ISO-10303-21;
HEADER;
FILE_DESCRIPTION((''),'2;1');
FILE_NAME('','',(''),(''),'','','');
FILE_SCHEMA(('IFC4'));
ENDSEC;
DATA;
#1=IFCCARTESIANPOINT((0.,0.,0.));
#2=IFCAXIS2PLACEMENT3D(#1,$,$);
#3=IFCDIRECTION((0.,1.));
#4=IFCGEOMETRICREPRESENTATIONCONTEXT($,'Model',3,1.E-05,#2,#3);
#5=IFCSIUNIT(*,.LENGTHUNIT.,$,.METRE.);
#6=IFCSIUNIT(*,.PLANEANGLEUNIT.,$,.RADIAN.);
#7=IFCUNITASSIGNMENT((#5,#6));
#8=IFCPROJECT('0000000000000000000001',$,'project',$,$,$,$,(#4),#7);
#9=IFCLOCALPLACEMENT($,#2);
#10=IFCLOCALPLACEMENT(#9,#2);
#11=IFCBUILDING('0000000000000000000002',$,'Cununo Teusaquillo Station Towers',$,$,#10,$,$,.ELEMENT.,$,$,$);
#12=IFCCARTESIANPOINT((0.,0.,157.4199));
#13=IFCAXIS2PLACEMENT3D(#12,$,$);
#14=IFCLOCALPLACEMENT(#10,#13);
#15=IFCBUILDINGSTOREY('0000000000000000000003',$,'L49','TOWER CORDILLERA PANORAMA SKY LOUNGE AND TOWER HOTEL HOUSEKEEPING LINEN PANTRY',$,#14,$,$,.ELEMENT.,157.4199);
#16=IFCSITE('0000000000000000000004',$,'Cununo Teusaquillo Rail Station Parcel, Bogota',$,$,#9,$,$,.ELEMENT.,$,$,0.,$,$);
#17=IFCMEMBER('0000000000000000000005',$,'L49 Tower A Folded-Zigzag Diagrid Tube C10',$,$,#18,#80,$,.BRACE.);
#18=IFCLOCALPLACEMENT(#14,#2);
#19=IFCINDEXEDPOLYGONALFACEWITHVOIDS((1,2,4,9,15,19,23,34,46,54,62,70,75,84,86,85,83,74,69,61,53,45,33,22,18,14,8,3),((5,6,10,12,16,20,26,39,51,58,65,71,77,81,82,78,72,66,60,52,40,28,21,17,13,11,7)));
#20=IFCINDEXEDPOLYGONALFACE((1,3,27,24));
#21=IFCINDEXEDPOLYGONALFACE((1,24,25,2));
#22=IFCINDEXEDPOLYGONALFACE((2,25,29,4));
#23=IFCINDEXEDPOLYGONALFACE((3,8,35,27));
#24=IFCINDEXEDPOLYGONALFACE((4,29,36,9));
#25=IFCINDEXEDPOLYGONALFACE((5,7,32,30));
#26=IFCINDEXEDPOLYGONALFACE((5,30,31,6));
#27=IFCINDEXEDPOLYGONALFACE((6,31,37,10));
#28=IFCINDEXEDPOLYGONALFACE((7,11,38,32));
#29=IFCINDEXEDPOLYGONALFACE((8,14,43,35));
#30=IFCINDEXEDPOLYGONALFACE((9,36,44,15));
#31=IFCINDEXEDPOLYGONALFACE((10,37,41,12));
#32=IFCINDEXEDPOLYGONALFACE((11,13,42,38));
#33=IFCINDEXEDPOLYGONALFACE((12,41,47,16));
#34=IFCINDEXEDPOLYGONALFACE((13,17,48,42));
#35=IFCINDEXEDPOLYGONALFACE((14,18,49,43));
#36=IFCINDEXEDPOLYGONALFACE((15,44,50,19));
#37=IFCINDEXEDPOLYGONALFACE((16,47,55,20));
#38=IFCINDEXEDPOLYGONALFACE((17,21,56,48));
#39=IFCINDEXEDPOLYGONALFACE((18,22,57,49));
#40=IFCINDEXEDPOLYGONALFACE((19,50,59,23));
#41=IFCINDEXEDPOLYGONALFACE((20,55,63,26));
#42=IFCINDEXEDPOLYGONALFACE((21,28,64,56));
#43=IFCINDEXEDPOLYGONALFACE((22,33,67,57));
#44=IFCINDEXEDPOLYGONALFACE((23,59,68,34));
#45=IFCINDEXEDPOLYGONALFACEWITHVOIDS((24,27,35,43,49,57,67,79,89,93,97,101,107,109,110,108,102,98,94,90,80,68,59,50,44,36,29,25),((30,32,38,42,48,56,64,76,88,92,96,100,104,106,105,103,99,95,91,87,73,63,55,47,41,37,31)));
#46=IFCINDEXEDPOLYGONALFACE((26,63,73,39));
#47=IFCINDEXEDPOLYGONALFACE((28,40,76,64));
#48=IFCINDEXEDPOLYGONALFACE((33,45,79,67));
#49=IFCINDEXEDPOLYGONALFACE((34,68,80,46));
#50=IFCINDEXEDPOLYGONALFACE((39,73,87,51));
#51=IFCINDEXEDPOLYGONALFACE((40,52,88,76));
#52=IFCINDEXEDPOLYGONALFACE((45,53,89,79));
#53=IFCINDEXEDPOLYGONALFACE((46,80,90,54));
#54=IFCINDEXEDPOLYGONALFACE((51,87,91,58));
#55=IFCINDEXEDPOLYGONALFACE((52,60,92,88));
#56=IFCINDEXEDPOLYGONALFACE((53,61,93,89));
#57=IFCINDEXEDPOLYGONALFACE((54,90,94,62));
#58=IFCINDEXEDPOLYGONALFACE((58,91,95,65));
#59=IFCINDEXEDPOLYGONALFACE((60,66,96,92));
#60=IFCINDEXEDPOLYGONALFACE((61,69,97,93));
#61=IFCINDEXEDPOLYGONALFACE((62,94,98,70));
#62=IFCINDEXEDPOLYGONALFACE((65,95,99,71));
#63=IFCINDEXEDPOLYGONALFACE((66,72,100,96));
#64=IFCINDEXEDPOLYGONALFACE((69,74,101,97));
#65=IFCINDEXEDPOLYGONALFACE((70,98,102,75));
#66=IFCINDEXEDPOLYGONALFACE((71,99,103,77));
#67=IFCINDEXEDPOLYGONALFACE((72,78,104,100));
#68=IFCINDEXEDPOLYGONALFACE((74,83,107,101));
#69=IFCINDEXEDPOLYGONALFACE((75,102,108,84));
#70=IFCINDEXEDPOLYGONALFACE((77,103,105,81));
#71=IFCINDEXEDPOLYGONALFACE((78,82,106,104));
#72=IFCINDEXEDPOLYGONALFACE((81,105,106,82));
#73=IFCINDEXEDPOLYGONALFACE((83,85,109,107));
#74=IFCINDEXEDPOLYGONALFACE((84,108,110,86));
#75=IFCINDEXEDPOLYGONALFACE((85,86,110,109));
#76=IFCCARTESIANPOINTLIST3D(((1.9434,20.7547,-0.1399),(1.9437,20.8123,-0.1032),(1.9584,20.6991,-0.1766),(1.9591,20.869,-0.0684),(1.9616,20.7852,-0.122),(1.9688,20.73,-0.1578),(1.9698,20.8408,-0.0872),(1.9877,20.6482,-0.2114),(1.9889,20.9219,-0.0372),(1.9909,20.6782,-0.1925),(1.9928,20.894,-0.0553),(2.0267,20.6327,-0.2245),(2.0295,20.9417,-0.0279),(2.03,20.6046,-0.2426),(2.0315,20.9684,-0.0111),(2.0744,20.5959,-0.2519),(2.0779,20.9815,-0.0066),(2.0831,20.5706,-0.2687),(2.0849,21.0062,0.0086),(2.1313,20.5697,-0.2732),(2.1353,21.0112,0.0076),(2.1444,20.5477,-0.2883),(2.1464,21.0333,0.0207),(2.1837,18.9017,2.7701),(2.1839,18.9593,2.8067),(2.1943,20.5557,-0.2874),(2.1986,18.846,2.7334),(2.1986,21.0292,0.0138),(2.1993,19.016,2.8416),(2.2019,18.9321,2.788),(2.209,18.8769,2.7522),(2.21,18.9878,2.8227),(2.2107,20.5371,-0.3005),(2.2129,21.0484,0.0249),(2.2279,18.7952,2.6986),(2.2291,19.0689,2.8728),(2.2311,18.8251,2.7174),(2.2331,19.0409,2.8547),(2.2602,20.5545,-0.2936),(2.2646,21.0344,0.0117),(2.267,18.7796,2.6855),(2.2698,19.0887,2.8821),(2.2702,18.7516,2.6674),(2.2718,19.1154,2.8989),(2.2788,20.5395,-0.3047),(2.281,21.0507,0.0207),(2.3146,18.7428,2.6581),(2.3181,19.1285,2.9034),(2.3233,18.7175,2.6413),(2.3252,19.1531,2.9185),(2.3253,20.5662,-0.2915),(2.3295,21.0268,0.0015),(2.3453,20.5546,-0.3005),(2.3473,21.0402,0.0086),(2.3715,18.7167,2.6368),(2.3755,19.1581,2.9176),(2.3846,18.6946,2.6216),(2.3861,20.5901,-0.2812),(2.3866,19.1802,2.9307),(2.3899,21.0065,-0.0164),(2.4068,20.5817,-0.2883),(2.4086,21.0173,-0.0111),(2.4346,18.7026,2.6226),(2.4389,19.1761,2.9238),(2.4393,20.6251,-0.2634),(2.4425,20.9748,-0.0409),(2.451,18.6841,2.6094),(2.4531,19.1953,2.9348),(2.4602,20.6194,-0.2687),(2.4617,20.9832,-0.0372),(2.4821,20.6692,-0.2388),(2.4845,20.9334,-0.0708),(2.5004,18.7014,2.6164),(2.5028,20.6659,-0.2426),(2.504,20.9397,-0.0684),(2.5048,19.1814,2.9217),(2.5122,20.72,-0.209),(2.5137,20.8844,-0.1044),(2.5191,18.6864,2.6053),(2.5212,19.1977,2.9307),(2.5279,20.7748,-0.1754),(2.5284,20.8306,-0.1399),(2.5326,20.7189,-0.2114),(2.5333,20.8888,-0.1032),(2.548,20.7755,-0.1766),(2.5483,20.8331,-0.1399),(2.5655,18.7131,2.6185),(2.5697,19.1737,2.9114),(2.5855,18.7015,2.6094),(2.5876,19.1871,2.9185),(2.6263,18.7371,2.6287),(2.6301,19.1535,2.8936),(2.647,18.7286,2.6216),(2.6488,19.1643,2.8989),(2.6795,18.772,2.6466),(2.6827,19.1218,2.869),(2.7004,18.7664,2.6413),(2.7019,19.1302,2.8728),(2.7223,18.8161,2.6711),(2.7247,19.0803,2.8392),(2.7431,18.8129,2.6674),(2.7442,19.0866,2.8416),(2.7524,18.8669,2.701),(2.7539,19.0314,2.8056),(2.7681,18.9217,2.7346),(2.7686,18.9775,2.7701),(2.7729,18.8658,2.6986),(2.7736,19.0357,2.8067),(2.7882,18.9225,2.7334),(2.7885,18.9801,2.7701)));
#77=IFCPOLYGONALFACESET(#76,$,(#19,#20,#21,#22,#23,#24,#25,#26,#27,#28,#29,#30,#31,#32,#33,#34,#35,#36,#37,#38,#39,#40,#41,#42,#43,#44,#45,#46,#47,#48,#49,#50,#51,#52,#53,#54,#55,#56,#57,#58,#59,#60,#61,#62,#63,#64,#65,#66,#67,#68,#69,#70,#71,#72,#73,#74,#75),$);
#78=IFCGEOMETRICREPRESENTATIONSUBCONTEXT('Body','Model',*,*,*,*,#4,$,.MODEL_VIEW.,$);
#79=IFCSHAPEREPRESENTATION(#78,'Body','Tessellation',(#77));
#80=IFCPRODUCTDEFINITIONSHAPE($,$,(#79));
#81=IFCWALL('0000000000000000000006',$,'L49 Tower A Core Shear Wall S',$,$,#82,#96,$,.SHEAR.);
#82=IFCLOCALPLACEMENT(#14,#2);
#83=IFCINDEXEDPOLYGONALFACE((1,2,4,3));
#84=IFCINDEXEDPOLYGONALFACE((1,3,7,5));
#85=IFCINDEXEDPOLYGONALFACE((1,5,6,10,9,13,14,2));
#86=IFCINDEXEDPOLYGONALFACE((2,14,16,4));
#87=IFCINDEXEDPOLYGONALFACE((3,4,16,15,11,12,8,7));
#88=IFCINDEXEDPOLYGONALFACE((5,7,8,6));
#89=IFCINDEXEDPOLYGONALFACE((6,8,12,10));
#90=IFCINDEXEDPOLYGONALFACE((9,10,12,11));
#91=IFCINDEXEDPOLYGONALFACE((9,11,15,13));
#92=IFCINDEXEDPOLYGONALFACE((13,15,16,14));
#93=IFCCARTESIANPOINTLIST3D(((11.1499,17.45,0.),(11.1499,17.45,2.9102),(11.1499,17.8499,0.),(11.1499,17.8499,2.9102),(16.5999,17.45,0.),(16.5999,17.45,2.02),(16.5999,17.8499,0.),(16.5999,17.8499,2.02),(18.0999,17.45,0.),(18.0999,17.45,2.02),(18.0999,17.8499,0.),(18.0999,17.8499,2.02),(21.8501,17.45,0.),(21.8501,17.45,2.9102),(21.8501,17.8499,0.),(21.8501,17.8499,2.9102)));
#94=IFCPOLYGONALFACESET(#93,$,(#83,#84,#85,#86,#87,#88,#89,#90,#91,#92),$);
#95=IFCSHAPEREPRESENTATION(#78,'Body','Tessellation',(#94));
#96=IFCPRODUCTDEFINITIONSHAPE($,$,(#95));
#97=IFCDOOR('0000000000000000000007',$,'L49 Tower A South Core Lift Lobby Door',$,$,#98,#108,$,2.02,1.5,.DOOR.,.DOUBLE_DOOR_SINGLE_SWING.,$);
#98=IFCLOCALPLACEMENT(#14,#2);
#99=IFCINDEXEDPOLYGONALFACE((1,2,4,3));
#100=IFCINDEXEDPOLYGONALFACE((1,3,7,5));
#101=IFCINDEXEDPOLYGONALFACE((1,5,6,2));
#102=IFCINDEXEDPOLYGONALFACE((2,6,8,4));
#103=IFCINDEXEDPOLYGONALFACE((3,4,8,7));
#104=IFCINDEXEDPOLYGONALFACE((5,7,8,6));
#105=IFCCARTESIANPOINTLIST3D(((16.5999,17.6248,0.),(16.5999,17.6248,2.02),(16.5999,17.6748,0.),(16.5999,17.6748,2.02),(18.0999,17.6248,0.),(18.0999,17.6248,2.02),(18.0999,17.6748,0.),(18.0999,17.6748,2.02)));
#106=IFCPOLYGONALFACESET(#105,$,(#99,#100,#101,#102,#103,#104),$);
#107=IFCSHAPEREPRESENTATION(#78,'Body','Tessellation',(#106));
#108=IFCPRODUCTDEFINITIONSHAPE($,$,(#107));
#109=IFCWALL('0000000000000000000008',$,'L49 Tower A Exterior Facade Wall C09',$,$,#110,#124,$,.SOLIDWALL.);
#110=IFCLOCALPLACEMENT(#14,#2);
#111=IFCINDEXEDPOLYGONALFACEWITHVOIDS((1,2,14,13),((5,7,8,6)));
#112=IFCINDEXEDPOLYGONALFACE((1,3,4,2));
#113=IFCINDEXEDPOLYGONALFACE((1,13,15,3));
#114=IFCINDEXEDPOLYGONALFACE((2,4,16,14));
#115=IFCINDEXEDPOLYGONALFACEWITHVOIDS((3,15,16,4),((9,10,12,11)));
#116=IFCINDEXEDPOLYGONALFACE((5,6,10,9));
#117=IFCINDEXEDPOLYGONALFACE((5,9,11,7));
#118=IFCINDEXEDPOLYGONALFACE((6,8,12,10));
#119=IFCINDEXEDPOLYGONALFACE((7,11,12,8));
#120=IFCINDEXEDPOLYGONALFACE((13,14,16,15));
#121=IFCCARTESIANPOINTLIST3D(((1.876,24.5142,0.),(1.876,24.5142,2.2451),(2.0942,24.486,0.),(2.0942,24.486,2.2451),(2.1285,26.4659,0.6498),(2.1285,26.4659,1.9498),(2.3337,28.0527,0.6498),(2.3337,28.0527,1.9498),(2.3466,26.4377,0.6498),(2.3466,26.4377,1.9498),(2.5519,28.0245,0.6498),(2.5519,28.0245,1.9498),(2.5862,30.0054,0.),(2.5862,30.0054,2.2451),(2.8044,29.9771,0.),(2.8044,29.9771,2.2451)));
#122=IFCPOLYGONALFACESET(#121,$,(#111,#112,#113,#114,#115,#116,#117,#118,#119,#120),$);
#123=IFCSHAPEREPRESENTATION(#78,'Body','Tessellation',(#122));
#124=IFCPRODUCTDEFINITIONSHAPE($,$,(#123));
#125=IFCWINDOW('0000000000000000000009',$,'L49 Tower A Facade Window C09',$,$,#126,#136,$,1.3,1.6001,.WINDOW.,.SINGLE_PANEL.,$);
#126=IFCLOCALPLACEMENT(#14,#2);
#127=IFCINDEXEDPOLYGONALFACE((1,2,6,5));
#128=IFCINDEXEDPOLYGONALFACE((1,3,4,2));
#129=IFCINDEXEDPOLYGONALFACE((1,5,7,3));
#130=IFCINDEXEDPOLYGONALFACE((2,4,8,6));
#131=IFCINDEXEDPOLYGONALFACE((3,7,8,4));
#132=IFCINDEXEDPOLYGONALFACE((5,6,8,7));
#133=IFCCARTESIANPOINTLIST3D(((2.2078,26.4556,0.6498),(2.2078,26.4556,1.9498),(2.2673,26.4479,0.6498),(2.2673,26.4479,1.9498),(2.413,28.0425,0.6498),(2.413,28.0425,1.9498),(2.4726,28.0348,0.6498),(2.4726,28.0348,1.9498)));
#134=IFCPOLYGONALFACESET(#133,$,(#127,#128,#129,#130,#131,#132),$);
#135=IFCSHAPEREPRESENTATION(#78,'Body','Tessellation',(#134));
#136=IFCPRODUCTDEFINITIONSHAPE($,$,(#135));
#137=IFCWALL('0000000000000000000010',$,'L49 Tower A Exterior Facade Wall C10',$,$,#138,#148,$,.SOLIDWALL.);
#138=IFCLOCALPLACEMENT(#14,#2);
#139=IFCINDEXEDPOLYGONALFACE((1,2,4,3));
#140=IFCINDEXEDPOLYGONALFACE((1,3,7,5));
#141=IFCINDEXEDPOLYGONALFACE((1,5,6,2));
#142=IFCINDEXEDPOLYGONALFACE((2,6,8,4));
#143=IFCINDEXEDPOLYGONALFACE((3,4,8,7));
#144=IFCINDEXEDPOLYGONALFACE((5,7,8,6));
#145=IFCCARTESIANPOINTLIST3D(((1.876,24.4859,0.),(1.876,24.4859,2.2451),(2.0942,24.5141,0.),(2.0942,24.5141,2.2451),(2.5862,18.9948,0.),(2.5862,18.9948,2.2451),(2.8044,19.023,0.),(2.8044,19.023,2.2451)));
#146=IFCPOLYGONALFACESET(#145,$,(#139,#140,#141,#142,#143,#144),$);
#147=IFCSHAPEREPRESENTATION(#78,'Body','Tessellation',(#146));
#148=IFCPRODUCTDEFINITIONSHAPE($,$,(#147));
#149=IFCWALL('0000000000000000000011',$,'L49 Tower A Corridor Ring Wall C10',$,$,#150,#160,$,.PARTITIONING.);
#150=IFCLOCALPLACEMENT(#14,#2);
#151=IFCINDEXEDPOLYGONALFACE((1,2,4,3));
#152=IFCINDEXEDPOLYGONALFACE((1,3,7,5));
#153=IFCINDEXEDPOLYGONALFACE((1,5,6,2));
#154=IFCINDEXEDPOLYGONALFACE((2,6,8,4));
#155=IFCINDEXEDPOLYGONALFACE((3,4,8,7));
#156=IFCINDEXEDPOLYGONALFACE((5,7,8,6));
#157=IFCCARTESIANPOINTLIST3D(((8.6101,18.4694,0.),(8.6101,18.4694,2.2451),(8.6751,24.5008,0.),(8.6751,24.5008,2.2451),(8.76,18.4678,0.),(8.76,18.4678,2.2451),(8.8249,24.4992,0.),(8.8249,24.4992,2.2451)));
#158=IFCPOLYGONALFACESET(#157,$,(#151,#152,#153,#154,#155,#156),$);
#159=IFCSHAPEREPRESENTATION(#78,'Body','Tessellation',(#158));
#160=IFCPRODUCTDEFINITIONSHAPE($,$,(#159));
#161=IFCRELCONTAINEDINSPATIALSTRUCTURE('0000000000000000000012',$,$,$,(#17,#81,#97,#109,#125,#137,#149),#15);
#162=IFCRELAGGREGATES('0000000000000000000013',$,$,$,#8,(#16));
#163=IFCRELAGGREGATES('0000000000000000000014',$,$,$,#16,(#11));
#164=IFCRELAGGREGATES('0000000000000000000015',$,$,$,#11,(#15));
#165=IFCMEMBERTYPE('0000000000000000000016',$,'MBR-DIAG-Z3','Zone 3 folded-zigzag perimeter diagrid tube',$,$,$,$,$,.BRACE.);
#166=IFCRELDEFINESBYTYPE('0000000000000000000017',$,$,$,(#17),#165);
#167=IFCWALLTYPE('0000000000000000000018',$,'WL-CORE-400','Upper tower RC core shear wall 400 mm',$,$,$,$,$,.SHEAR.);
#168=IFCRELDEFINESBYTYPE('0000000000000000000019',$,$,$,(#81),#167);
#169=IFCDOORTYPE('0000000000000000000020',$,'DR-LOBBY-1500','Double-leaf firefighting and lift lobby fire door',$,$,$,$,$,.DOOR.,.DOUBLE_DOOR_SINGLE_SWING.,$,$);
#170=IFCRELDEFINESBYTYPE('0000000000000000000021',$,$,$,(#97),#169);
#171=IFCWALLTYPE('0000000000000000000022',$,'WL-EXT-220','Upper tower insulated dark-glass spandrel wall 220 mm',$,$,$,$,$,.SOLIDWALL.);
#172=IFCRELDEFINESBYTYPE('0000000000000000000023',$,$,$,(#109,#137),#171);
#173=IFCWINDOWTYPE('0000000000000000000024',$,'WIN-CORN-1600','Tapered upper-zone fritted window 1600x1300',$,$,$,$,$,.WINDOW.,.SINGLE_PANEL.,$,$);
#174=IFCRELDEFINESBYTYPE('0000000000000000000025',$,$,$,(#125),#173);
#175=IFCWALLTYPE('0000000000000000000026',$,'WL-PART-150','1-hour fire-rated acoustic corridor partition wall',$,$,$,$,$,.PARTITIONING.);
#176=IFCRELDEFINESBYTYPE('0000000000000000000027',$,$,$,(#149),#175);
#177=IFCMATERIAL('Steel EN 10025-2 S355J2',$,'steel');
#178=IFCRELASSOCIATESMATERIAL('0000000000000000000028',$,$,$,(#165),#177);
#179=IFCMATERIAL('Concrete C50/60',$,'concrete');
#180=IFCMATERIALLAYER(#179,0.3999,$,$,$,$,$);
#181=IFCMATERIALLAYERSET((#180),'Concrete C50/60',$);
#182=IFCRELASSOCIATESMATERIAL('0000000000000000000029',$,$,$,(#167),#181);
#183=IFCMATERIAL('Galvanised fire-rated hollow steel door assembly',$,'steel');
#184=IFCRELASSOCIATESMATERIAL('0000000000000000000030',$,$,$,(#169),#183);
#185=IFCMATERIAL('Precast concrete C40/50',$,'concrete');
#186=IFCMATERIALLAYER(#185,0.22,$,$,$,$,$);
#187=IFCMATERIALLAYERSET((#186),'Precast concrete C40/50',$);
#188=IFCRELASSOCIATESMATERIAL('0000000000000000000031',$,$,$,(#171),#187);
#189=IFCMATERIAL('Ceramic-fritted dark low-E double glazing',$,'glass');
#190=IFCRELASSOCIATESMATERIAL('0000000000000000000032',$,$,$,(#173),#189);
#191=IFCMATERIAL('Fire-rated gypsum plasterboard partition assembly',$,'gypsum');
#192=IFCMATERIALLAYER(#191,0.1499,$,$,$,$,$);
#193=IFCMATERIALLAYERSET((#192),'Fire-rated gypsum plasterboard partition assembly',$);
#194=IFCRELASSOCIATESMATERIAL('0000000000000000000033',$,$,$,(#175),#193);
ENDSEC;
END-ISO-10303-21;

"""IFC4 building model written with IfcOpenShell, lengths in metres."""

from ifc_helpers import new_model, si_unit, direction, frame, frame_2d, origin, origin_2d, place, context, subcontext, project, spatial, rectangle, hollow_circle, extrude, source, transform, mapped, material, layer, layer_set, material_profile, profile_set, type_object, element, fill, save


model = new_model("IFC4")

# Units and contexts
model_context = context("Model", 3, precision=1e-05, world=origin(), true_north=direction((0.0, 1.0)))
body_context = subcontext(model_context, "Body", "Model", "MODEL_VIEW")
ifc_project = project(units=[si_unit("LENGTHUNIT", "METRE"), si_unit("PLANEANGLEUNIT", "RADIAN")], contexts=[model_context])

# Site, building, storey
site_placement = place(None, origin())
site = spatial("IfcSite", under=ifc_project, at=site_placement, Name="Cununo Teusaquillo Rail Station Parcel, Bogota", CompositionType="ELEMENT", RefElevation=0.0)
building_placement = place(site_placement, origin())
building = spatial("IfcBuilding", under=site, at=building_placement, Name="Cununo Teusaquillo Station Towers", CompositionType="ELEMENT")
storey_placement = place(building_placement, frame((0.0, 0.0, 157.4199)))
storey = spatial("IfcBuildingStorey", under=building, at=storey_placement, Name="L49", Description="TOWER CORDILLERA PANORAMA SKY LOUNGE AND TOWER HOTEL HOUSEKEEPING LINEN PANTRY", CompositionType="ELEMENT", Elevation=157.4199)

# Member
ifc_material_1 = material(Name="Steel EN 10025-2 S355J2", Category="steel")
ifc_material_profile_1 = material_profile(ifc_material_1, hollow_circle(Radius=0.3049, WallThickness=0.02, at=origin_2d()), Name="CHS 610x20")
ifc_profile_set_1 = profile_set([ifc_material_profile_1], Name="Steel EN 10025-2 S355J2")
member_type = type_object("IfcMemberType", Name="MBR-DIAG-Z3", Description="Zone 3 folded-zigzag perimeter diagrid tube", PredefinedType="BRACE", material=ifc_profile_set_1)
member_placement = place(storey_placement, frame((2.2458, 20.7939, -0.1399), z_axis=(0.069468, -0.535839, 0.841458), x_axis=(0.991701, 0.128568, 0.0)))
element("IfcMember", 1, at=member_placement, inside=storey, type_object=member_type, Name="L49 Tower A Folded-Zigzag Diagrid Tube C10", PredefinedType="BRACE", context=body_context, shape_type="SweptSolid", body=[
    extrude(hollow_circle(Radius=0.3049, WallThickness=0.02, at=origin_2d()), origin(), (0.0, 0.0, 1.0), 3.4583),
])

# Wall, opening, door
ifc_material_2 = material(Name="Concrete C50/60", Category="concrete")
ifc_layer_1 = layer(ifc_material_2, 0.3999)
ifc_layer_set_1 = layer_set([ifc_layer_1], Name="Concrete C50/60")
wall_type_1 = type_object("IfcWallType", Name="WL-CORE-400", Description="Upper tower RC core shear wall 400 mm", PredefinedType="SHEAR", material=ifc_layer_set_1)
wall_1_placement = place(storey_placement, frame((11.1499, 17.6499, 0.0), z_axis=(0.0, 0.0, 1.0), x_axis=(1.0, 0.0, 0.0)))
wall_1 = element("IfcWall", 2, at=wall_1_placement, inside=storey, type_object=wall_type_1, Name="L49 Tower A Core Shear Wall S", PredefinedType="SHEAR", context=body_context, shape_type="SweptSolid", body=[
    extrude(rectangle(XDim=10.7002, YDim=0.3999, at=frame_2d((5.3501, 0.0))), origin(), (0.0, 0.0, 1.0), 2.9102),
])
shared_shape_1 = source(origin(), body_context, "Body", "SweptSolid", [
    extrude(rectangle(XDim=1.5, YDim=2.02, at=frame_2d((0.75, 1.01))), frame((0.0, 0.21, 0.0), z_axis=(0.0, -1.0, 0.0), x_axis=(1.0, 0.0, 0.0)), (0.0, 0.0, 1.0), 0.4199),
])
opening_1_placement = place(wall_1_placement, frame((5.45, 0.0, 0.0)))
opening_1 = element("IfcOpeningElement", 3, at=opening_1_placement, cuts=wall_1, PredefinedType="OPENING", context=body_context, shape_type="MappedRepresentation", body=[
    mapped(shared_shape_1, transform((0.0, 0.0, 0.0), x_axis=(1.0, 0.0, 0.0), y_axis=(0.0, 1.0, 0.0), z_axis=(0.0, 0.0, 1.0), scale=1.0)),
])
ifc_material_3 = material(Name="Galvanised fire-rated hollow steel door assembly", Category="steel")
door_type_1 = type_object("IfcDoorType", Name="DR-LOBBY-1500", Description="Double-leaf firefighting and lift lobby fire door", OperationType="DOUBLE_DOOR_SINGLE_SWING", PredefinedType="DOOR", material=ifc_material_3)
shared_shape_2 = source(origin(), body_context, "Body", "SweptSolid", [
    extrude(rectangle(XDim=1.5, YDim=2.02, at=frame_2d((0.75, 1.01))), frame((0.0, 0.0249, 0.0), z_axis=(0.0, -1.0, 0.0), x_axis=(1.0, 0.0, 0.0)), (0.0, 0.0, 1.0), 0.05),
])
door_1_placement = place(opening_1_placement, origin())
door_1 = element("IfcDoor", 4, at=door_1_placement, inside=storey, type_object=door_type_1, Name="L49 Tower A South Core Lift Lobby Door", OperationType="DOUBLE_DOOR_SINGLE_SWING", OverallHeight=2.02, OverallWidth=1.5, PredefinedType="DOOR", context=body_context, shape_type="MappedRepresentation", body=[
    mapped(shared_shape_2, transform((0.0, 0.0, 0.0), x_axis=(1.0, 0.0, 0.0), y_axis=(0.0, 1.0, 0.0), z_axis=(0.0, 0.0, 1.0), scale=1.0)),
])
fill(opening_1, door_1)

# Wall, opening, window
ifc_material_4 = material(Name="Precast concrete C40/50", Category="concrete")
ifc_layer_2 = layer(ifc_material_4, 0.22)
ifc_layer_set_2 = layer_set([ifc_layer_2], Name="Precast concrete C40/50")
wall_type_2 = type_object("IfcWallType", Name="WL-EXT-220", Description="Upper tower insulated dark-glass spandrel wall 220 mm", PredefinedType="SOLIDWALL", material=ifc_layer_set_2)
wall_2_placement = place(storey_placement, frame((1.9851, 24.5, 0.0), z_axis=(0.0, 0.0, 1.0), x_axis=(0.128267, 0.99174, 0.0)))
wall_2 = element("IfcWall", 5, at=wall_2_placement, inside=storey, type_object=wall_type_2, Name="L49 Tower A Exterior Facade Wall C09", PredefinedType="SOLIDWALL", context=body_context, shape_type="SweptSolid", body=[
    extrude(rectangle(XDim=5.5369, YDim=0.22, at=frame_2d((2.7686, 0.0))), origin(), (0.0, 0.0, 1.0), 2.2451),
])
shared_shape_3 = source(origin(), body_context, "Body", "SweptSolid", [
    extrude(rectangle(XDim=1.6001, YDim=1.3, at=frame_2d((0.8, 0.6499))), frame((0.0, 0.1199, 0.0), z_axis=(0.0, -1.0, 0.0), x_axis=(1.0, 0.0, 0.0)), (0.0, 0.0, 1.0), 0.24),
])
opening_2_placement = place(wall_2_placement, frame((1.968, 0.0, 0.6499)))
opening_2 = element("IfcOpeningElement", 6, at=opening_2_placement, cuts=wall_2, PredefinedType="OPENING", context=body_context, shape_type="MappedRepresentation", body=[
    mapped(shared_shape_3, transform((0.0, 0.0, 0.0), x_axis=(1.0, 0.0, 0.0), y_axis=(0.0, 1.0, 0.0), z_axis=(0.0, 0.0, 1.0), scale=1.0)),
])
ifc_material_5 = material(Name="Ceramic-fritted dark low-E double glazing", Category="glass")
window_type = type_object("IfcWindowType", Name="WIN-CORN-1600", Description="Tapered upper-zone fritted window 1600x1300", PartitioningType="SINGLE_PANEL", PredefinedType="WINDOW", material=ifc_material_5)
shared_shape_4 = source(origin(), body_context, "Body", "SweptSolid", [
    extrude(rectangle(XDim=1.6001, YDim=1.3, at=frame_2d((0.8, 0.6499))), frame((0.0, 0.03, 0.0), z_axis=(0.0, -1.0, 0.0), x_axis=(1.0, 0.0, 0.0)), (0.0, 0.0, 1.0), 0.0601),
])
window_placement = place(opening_2_placement, origin())
window = element("IfcWindow", 7, at=window_placement, inside=storey, type_object=window_type, Name="L49 Tower A Facade Window C09", OverallHeight=1.3, OverallWidth=1.6001, PartitioningType="SINGLE_PANEL", PredefinedType="WINDOW", context=body_context, shape_type="MappedRepresentation", body=[
    mapped(shared_shape_4, transform((0.0, 0.0, 0.0), x_axis=(1.0, 0.0, 0.0), y_axis=(0.0, 1.0, 0.0), z_axis=(0.0, 0.0, 1.0), scale=1.0)),
])
fill(opening_2, window)

# Walls
wall_3_placement = place(storey_placement, frame((2.6953, 19.0088, 0.0), z_axis=(0.0, 0.0, 1.0), x_axis=(-0.128267, 0.99174, 0.0)))
element("IfcWall", 8, at=wall_3_placement, inside=storey, type_object=wall_type_2, Name="L49 Tower A Exterior Facade Wall C10", PredefinedType="SOLIDWALL", context=body_context, shape_type="SweptSolid", body=[
    extrude(rectangle(XDim=5.5369, YDim=0.22, at=frame_2d((2.7686, 0.0))), origin(), (0.0, 0.0, 1.0), 2.2451),
])
ifc_material_6 = material(Name="Fire-rated gypsum plasterboard partition assembly", Category="gypsum")
ifc_layer_3 = layer(ifc_material_6, 0.1499)
ifc_layer_set_3 = layer_set([ifc_layer_3], Name="Fire-rated gypsum plasterboard partition assembly")
wall_type_3 = type_object("IfcWallType", Name="WL-PART-150", Description="1-hour fire-rated acoustic corridor partition wall", PredefinedType="PARTITIONING", material=ifc_layer_set_3)
wall_4_placement = place(storey_placement, frame((8.75, 24.5, 0.0), z_axis=(0.0, 0.0, 1.0), x_axis=(-0.010766, -0.999942, 0.0)))
element("IfcWall", 9, at=wall_4_placement, inside=storey, type_object=wall_type_3, Name="L49 Tower A Corridor Ring Wall C10", PredefinedType="PARTITIONING", context=body_context, shape_type="SweptSolid", body=[
    extrude(rectangle(XDim=6.0317, YDim=0.1499, at=frame_2d((3.0159, 0.0))), origin(), (0.0, 0.0, 1.0), 2.2451),
])

save(model, "model.ifc")
